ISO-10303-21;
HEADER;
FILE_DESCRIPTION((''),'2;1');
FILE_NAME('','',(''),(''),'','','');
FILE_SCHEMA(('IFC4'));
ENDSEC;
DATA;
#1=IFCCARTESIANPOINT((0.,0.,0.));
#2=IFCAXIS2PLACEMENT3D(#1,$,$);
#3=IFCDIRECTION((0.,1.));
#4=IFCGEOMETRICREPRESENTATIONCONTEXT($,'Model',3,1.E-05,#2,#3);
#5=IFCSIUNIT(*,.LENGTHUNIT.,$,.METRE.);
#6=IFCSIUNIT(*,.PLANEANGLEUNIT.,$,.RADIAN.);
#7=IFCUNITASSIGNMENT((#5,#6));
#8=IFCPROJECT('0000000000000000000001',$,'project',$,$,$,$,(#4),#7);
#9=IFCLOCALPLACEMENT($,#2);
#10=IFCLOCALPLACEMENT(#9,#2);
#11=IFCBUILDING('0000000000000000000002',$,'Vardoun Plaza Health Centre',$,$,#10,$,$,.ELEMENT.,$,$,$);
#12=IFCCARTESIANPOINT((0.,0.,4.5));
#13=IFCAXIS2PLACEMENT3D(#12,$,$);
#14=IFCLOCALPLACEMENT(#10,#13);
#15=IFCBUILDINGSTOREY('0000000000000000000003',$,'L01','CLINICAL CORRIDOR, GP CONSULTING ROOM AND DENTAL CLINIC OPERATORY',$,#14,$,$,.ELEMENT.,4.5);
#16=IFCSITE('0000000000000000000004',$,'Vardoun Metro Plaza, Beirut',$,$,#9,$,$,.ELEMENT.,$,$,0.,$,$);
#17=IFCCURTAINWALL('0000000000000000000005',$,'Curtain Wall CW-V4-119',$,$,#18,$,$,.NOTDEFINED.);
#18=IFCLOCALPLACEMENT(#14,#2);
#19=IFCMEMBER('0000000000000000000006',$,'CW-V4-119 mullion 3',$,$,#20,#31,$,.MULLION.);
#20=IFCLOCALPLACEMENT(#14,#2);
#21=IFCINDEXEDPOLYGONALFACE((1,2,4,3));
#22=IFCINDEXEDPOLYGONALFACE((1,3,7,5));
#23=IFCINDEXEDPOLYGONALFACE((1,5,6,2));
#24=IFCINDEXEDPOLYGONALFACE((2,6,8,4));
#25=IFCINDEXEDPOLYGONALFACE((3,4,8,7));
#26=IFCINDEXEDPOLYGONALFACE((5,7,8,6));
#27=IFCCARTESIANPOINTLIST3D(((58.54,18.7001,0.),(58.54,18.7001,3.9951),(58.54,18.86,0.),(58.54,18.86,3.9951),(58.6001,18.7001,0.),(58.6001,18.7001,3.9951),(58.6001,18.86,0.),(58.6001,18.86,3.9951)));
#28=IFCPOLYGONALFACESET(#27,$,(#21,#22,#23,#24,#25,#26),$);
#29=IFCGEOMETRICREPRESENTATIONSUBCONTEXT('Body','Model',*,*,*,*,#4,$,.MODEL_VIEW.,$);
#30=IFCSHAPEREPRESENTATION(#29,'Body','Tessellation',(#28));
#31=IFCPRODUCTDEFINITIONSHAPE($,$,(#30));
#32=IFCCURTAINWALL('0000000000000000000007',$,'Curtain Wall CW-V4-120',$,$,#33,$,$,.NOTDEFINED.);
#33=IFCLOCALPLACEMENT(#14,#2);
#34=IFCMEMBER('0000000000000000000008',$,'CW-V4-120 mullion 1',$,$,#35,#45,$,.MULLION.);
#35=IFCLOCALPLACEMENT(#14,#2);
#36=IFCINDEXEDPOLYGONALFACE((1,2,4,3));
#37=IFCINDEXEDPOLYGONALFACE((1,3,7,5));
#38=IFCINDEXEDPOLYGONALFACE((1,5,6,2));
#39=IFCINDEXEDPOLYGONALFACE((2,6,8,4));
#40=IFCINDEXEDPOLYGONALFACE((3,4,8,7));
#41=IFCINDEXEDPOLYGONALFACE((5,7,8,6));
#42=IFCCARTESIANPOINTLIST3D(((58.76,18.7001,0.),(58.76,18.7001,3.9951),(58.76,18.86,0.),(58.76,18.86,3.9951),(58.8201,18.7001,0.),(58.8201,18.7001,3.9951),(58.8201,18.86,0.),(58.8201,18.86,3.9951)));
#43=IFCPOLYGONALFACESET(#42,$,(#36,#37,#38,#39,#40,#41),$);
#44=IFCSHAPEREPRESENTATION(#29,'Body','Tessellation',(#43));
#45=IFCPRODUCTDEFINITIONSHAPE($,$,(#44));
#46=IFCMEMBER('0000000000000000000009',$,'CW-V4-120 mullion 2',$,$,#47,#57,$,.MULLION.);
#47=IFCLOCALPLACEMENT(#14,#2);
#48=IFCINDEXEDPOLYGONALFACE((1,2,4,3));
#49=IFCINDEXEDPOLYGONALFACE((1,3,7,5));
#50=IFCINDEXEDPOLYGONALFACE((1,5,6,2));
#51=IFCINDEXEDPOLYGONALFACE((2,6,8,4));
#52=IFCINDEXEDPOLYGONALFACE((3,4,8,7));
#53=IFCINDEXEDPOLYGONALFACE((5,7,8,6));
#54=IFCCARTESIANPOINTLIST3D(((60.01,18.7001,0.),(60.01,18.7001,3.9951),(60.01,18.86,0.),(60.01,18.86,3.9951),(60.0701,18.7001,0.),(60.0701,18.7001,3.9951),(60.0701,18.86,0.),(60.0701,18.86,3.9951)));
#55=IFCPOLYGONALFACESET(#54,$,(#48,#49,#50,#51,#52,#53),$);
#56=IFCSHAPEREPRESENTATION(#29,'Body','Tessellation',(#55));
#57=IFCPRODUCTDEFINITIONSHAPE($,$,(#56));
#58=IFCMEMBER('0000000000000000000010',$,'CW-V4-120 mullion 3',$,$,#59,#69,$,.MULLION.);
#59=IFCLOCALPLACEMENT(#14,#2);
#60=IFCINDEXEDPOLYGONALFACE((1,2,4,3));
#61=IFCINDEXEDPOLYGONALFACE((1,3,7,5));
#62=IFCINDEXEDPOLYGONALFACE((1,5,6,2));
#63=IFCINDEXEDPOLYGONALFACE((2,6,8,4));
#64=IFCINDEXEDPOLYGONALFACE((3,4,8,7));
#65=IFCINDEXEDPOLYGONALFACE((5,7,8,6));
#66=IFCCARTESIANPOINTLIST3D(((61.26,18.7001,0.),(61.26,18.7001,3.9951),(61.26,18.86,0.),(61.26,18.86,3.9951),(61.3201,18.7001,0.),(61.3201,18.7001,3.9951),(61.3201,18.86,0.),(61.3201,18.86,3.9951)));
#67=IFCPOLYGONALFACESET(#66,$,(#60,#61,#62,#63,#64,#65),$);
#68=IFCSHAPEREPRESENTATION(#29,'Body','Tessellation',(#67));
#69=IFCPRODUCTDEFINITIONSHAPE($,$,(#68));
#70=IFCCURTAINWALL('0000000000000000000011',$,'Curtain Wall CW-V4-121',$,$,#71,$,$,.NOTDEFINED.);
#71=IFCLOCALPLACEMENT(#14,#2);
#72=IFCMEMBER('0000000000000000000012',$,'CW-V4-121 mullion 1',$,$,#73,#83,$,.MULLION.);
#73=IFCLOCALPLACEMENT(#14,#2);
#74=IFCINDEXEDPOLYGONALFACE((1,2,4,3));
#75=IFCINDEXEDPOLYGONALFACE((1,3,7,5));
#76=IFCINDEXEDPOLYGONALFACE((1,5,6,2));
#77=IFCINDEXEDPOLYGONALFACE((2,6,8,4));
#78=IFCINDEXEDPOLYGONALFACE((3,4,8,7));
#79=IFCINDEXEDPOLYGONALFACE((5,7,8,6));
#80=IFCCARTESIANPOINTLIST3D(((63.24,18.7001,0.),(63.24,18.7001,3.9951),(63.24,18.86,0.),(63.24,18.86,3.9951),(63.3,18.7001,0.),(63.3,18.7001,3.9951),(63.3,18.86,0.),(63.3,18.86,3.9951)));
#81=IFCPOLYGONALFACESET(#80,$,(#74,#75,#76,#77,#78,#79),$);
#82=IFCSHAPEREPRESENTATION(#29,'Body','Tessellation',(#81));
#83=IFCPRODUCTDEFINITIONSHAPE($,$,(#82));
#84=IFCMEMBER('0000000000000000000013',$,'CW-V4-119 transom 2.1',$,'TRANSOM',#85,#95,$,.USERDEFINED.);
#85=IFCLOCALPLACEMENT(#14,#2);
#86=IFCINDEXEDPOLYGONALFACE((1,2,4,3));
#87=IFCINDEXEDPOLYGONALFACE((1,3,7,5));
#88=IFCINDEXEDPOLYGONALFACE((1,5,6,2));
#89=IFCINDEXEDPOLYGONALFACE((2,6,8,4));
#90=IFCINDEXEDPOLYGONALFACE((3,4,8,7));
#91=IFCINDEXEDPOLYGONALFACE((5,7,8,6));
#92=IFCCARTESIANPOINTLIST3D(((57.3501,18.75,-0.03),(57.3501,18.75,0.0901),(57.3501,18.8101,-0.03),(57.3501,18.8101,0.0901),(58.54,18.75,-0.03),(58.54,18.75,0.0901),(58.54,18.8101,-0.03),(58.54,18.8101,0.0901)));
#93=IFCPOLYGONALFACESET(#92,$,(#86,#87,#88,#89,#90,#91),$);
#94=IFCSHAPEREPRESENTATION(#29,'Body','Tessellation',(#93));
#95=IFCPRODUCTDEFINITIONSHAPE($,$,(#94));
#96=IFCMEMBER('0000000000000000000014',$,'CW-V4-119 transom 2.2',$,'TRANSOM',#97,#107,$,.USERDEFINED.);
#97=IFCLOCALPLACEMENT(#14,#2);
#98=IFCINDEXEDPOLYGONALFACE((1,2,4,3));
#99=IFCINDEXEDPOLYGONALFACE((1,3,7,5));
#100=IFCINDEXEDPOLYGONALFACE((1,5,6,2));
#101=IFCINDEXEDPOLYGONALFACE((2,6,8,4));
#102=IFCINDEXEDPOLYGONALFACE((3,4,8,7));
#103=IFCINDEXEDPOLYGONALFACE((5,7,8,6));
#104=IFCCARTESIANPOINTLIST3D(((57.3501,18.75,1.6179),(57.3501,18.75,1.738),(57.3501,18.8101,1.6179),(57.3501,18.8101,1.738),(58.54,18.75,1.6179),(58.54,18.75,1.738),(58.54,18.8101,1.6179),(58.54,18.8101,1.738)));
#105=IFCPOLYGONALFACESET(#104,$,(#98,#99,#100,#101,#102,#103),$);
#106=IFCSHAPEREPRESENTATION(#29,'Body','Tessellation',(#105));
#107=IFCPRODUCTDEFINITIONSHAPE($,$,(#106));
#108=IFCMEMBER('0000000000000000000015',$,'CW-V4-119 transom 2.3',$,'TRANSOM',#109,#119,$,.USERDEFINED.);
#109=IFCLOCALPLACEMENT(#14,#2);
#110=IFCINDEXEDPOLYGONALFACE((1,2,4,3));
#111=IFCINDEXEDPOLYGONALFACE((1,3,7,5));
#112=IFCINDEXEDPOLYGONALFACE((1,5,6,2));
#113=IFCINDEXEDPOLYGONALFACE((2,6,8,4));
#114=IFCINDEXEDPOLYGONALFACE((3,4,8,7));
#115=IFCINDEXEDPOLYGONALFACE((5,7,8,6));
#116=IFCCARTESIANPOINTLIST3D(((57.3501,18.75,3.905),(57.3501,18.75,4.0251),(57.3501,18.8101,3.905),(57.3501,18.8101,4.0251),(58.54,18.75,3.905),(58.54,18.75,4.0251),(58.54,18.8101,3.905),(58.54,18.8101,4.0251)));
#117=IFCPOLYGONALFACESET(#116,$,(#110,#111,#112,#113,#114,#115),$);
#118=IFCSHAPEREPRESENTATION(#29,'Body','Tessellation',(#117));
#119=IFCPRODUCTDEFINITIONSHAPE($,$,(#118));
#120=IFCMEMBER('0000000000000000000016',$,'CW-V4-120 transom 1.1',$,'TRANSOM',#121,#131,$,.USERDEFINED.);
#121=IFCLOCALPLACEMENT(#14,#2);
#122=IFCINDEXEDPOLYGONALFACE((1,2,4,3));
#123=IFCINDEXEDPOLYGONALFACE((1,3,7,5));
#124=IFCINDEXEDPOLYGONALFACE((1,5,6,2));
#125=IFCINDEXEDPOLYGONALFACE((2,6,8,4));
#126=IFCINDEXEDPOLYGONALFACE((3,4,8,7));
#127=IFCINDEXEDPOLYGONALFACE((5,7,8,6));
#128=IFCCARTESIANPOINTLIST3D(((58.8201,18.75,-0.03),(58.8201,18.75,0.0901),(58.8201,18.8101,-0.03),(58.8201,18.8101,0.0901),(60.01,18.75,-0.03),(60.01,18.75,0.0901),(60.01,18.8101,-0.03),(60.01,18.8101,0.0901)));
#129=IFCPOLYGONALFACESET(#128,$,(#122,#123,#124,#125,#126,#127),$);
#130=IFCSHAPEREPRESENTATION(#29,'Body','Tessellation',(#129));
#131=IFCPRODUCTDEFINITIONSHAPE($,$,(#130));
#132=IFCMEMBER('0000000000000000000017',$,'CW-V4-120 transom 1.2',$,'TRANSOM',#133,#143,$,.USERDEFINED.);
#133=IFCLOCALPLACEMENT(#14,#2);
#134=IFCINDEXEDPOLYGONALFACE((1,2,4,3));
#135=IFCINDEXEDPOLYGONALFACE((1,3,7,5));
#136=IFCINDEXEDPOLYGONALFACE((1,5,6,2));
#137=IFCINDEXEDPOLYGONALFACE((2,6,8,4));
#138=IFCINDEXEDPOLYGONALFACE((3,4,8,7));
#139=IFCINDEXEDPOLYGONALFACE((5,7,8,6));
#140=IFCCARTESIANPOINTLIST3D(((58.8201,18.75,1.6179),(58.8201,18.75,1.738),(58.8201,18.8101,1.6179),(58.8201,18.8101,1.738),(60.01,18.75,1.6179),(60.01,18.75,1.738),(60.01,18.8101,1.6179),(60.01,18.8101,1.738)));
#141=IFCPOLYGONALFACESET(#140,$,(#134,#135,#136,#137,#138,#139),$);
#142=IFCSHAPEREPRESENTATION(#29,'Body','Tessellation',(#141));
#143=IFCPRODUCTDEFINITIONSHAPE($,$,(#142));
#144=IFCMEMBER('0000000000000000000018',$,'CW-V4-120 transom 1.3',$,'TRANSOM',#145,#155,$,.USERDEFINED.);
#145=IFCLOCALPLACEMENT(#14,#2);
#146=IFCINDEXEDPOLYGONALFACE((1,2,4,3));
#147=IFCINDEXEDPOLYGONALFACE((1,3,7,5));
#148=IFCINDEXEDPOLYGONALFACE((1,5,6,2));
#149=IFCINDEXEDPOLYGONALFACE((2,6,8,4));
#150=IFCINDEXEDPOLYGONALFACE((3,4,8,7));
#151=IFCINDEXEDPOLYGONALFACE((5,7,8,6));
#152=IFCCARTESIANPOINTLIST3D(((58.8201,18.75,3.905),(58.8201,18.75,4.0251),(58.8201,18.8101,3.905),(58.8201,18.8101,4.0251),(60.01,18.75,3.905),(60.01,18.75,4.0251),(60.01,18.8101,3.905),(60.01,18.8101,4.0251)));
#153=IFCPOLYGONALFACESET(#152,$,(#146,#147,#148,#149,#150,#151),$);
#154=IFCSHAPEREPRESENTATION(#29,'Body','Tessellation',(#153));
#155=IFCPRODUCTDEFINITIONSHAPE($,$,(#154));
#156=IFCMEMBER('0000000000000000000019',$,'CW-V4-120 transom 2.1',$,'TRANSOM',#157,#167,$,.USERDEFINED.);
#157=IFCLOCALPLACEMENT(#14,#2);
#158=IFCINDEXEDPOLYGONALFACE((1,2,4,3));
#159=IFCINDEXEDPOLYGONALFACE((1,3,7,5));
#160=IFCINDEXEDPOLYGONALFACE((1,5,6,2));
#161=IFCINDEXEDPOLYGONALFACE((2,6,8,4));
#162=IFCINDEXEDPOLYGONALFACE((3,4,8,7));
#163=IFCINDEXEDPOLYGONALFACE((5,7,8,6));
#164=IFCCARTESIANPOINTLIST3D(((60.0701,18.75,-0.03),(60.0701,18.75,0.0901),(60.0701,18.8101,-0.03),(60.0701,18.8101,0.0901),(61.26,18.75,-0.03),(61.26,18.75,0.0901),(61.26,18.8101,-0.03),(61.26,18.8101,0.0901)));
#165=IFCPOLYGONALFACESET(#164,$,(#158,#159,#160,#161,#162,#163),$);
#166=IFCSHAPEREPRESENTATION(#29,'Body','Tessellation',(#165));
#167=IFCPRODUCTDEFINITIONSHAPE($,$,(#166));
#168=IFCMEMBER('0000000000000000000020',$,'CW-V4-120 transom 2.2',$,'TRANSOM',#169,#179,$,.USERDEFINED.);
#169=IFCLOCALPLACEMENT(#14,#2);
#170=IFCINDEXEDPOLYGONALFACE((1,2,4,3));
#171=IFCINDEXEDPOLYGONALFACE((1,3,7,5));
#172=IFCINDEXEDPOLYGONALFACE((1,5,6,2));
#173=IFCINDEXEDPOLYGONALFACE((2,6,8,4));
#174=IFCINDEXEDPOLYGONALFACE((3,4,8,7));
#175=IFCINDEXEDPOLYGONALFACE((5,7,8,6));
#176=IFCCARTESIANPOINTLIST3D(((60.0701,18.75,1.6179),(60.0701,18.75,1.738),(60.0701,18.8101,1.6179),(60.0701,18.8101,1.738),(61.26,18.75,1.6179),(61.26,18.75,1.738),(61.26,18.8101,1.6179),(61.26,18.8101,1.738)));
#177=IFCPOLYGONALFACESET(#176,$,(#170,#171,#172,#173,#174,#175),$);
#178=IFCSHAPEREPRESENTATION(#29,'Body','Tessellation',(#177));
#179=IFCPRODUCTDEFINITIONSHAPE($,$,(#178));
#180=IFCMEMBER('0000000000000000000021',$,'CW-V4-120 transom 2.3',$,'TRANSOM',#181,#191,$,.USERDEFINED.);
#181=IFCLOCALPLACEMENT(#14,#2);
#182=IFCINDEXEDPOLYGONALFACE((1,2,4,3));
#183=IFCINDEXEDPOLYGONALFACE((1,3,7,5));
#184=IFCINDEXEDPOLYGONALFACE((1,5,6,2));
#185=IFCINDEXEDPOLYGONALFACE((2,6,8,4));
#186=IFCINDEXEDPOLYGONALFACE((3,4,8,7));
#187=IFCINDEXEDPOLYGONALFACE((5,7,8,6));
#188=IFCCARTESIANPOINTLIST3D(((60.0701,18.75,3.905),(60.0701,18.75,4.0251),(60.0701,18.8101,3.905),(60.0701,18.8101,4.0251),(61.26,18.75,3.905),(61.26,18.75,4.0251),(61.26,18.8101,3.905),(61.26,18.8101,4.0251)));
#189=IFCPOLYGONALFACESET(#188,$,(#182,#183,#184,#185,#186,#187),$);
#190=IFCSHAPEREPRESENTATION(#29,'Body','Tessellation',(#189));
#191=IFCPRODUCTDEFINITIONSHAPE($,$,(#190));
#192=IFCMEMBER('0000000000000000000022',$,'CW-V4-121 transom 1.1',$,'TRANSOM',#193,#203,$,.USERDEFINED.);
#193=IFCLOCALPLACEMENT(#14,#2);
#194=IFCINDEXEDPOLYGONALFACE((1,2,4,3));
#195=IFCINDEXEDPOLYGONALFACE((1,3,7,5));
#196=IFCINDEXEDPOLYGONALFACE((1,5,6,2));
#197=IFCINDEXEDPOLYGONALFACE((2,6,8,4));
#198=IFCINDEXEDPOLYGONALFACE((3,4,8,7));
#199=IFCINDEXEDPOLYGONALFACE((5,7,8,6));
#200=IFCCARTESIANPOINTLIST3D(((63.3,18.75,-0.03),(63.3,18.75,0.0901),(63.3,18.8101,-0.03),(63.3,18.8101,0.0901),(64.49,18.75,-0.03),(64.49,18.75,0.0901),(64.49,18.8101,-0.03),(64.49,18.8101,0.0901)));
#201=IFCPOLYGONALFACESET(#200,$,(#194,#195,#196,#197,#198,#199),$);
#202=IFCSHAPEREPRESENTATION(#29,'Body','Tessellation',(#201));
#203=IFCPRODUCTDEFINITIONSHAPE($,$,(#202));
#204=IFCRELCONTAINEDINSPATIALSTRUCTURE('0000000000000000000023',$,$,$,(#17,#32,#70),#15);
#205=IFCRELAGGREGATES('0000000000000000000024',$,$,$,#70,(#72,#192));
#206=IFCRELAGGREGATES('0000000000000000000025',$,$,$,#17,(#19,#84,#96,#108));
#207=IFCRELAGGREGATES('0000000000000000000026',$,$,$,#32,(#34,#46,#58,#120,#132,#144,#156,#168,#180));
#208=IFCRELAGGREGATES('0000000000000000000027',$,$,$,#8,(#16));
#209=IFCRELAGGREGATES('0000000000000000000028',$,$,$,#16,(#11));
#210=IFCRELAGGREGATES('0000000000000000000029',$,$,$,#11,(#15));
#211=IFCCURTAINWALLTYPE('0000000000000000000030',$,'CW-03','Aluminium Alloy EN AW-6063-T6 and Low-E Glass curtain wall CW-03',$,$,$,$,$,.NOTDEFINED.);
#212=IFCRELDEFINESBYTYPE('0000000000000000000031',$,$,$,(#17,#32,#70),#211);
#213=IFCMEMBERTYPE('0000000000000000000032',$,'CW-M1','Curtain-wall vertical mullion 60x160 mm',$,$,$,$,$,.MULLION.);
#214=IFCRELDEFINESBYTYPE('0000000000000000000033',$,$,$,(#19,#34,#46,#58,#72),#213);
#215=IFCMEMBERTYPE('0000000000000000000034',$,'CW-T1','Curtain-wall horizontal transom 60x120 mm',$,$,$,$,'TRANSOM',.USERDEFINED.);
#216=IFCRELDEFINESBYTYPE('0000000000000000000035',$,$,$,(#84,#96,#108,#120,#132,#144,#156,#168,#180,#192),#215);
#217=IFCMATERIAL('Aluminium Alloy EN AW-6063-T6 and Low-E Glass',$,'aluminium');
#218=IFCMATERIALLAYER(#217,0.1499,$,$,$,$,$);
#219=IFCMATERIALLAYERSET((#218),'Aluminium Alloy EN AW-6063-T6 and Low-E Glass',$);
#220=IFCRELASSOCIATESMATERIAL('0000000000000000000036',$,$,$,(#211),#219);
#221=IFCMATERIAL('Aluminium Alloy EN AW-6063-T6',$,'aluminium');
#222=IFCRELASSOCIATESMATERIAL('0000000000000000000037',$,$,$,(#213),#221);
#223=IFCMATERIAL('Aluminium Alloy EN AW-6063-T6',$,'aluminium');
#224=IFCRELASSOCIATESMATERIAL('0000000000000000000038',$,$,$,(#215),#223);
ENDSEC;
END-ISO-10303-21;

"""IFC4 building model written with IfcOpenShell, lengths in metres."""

from ifc_helpers import new_model, si_unit, direction, frame, origin, origin_2d, place, context, subcontext, project, spatial, rectangle, extrude, material, layer, layer_set, material_profile, profile_set, type_object, element, aggregate, save


model = new_model("IFC4")

# Units and contexts
model_context = context("Model", 3, precision=1e-05, world=origin(), true_north=direction((0.0, 1.0)))
body_context = subcontext(model_context, "Body", "Model", "MODEL_VIEW")
ifc_project = project(units=[si_unit("LENGTHUNIT", "METRE"), si_unit("PLANEANGLEUNIT", "RADIAN")], contexts=[model_context])

# Site, building, storey
site_placement = place(None, origin())
site = spatial("IfcSite", under=ifc_project, at=site_placement, Name="Vardoun Metro Plaza, Beirut", CompositionType="ELEMENT", RefElevation=0.0)
building_placement = place(site_placement, origin())
building = spatial("IfcBuilding", under=site, at=building_placement, Name="Vardoun Plaza Health Centre", CompositionType="ELEMENT")
storey_placement = place(building_placement, frame((0.0, 0.0, 4.5)))
storey = spatial("IfcBuildingStorey", under=building, at=storey_placement, Name="L01", Description="CLINICAL CORRIDOR, GP CONSULTING ROOM AND DENTAL CLINIC OPERATORY", CompositionType="ELEMENT", Elevation=4.5)

# Curtain wall, member
ifc_material_1 = material(Name="Aluminium Alloy EN AW-6063-T6 and Low-E Glass", Category="aluminium")
ifc_layer_1 = layer(ifc_material_1, 0.1499)
ifc_layer_set_1 = layer_set([ifc_layer_1], Name="Aluminium Alloy EN AW-6063-T6 and Low-E Glass")
curtain_wall_type = type_object("IfcCurtainWallType", Name="CW-03", Description="Aluminium Alloy EN AW-6063-T6 and Low-E Glass curtain wall CW-03", PredefinedType="NOTDEFINED", material=ifc_layer_set_1)
curtain_wall_1_placement = place(storey_placement, origin())
curtain_wall_1 = element("IfcCurtainWall", 1, at=curtain_wall_1_placement, inside=storey, type_object=curtain_wall_type, Name="Curtain Wall CW-V4-119", PredefinedType="NOTDEFINED")
ifc_material_2 = material(Name="Aluminium Alloy EN AW-6063-T6", Category="aluminium")
ifc_material_profile_1 = material_profile(ifc_material_2, rectangle(XDim=0.1599, YDim=0.0601, at=origin_2d()), Name="CWM 60x160")
ifc_profile_set_1 = profile_set([ifc_material_profile_1], Name="Aluminium Alloy EN AW-6063-T6")
member_type_1 = type_object("IfcMemberType", Name="CW-M1", Description="Curtain-wall vertical mullion 60x160 mm", PredefinedType="MULLION", material=ifc_profile_set_1)
member_1_placement = place(storey_placement, frame((58.5701, 18.78, 0.0), z_axis=(0.0, 0.0, 1.0), x_axis=(0.0, 1.0, 0.0)))
member_1 = element("IfcMember", 2, at=member_1_placement, type_object=member_type_1, Name="CW-V4-119 mullion 3", PredefinedType="MULLION", context=body_context, shape_type="SweptSolid", body=[
    extrude(rectangle(XDim=0.1599, YDim=0.0601, at=origin_2d()), origin(), (0.0, 0.0, 1.0), 3.9951),
])

# Curtain wall, members
curtain_wall_2_placement = place(storey_placement, origin())
curtain_wall_2 = element("IfcCurtainWall", 3, at=curtain_wall_2_placement, inside=storey, type_object=curtain_wall_type, Name="Curtain Wall CW-V4-120", PredefinedType="NOTDEFINED")
member_2_placement = place(storey_placement, frame((58.79, 18.78, 0.0), z_axis=(0.0, 0.0, 1.0), x_axis=(0.0, 1.0, 0.0)))
member_2 = element("IfcMember", 4, at=member_2_placement, type_object=member_type_1, Name="CW-V4-120 mullion 1", PredefinedType="MULLION", context=body_context, shape_type="SweptSolid", body=[
    extrude(rectangle(XDim=0.1599, YDim=0.0601, at=origin_2d()), origin(), (0.0, 0.0, 1.0), 3.9951),
])
member_3_placement = place(storey_placement, frame((60.04, 18.78, 0.0), z_axis=(0.0, 0.0, 1.0), x_axis=(0.0, 1.0, 0.0)))
member_3 = element("IfcMember", 5, at=member_3_placement, type_object=member_type_1, Name="CW-V4-120 mullion 2", PredefinedType="MULLION", context=body_context, shape_type="SweptSolid", body=[
    extrude(rectangle(XDim=0.1599, YDim=0.0601, at=origin_2d()), origin(), (0.0, 0.0, 1.0), 3.9951),
])
member_4_placement = place(storey_placement, frame((61.29, 18.78, 0.0), z_axis=(0.0, 0.0, 1.0), x_axis=(0.0, 1.0, 0.0)))
member_4 = element("IfcMember", 6, at=member_4_placement, type_object=member_type_1, Name="CW-V4-120 mullion 3", PredefinedType="MULLION", context=body_context, shape_type="SweptSolid", body=[
    extrude(rectangle(XDim=0.1599, YDim=0.0601, at=origin_2d()), origin(), (0.0, 0.0, 1.0), 3.9951),
])

# Curtain wall, member
curtain_wall_3_placement = place(storey_placement, origin())
curtain_wall_3 = element("IfcCurtainWall", 7, at=curtain_wall_3_placement, inside=storey, type_object=curtain_wall_type, Name="Curtain Wall CW-V4-121", PredefinedType="NOTDEFINED")
member_5_placement = place(storey_placement, frame((63.27, 18.78, 0.0), z_axis=(0.0, 0.0, 1.0), x_axis=(0.0, 1.0, 0.0)))
member_5 = element("IfcMember", 8, at=member_5_placement, type_object=member_type_1, Name="CW-V4-121 mullion 1", PredefinedType="MULLION", context=body_context, shape_type="SweptSolid", body=[
    extrude(rectangle(XDim=0.1599, YDim=0.0601, at=origin_2d()), origin(), (0.0, 0.0, 1.0), 3.9951),
])

# Members
ifc_material_3 = material(Name="Aluminium Alloy EN AW-6063-T6", Category="aluminium")
ifc_material_profile_2 = material_profile(ifc_material_3, rectangle(XDim=0.0601, YDim=0.1201, at=origin_2d()), Name="CWT 60x120")
ifc_profile_set_2 = profile_set([ifc_material_profile_2], Name="Aluminium Alloy EN AW-6063-T6")
member_type_2 = type_object("IfcMemberType", Name="CW-T1", Description="Curtain-wall horizontal transom 60x120 mm", ElementType="TRANSOM", PredefinedType="USERDEFINED", material=ifc_profile_set_2)
member_6_placement = place(storey_placement, frame((57.3501, 18.78, 0.03), z_axis=(1.0, 0.0, 0.0), x_axis=(0.0, 1.0, 0.0)))
member_6 = element("IfcMember", 9, at=member_6_placement, type_object=member_type_2, Name="CW-V4-119 transom 2.1", ObjectType="TRANSOM", PredefinedType="USERDEFINED", context=body_context, shape_type="SweptSolid", body=[
    extrude(rectangle(XDim=0.0601, YDim=0.1201, at=origin_2d()), origin(), (0.0, 0.0, 1.0), 1.1899),
])
member_7_placement = place(storey_placement, frame((57.3501, 18.78, 1.678), z_axis=(1.0, 0.0, 0.0), x_axis=(0.0, 1.0, 0.0)))
member_7 = element("IfcMember", 10, at=member_7_placement, type_object=member_type_2, Name="CW-V4-119 transom 2.2", ObjectType="TRANSOM", PredefinedType="USERDEFINED", context=body_context, shape_type="SweptSolid", body=[
    extrude(rectangle(XDim=0.0601, YDim=0.1201, at=origin_2d()), origin(), (0.0, 0.0, 1.0), 1.1899),
])
member_8_placement = place(storey_placement, frame((57.3501, 18.78, 3.9651), z_axis=(1.0, 0.0, 0.0), x_axis=(0.0, 1.0, 0.0)))
member_8 = element("IfcMember", 11, at=member_8_placement, type_object=member_type_2, Name="CW-V4-119 transom 2.3", ObjectType="TRANSOM", PredefinedType="USERDEFINED", context=body_context, shape_type="SweptSolid", body=[
    extrude(rectangle(XDim=0.0601, YDim=0.1201, at=origin_2d()), origin(), (0.0, 0.0, 1.0), 1.1899),
])
member_9_placement = place(storey_placement, frame((58.8201, 18.78, 0.03), z_axis=(1.0, 0.0, 0.0), x_axis=(0.0, 1.0, 0.0)))
member_9 = element("IfcMember", 12, at=member_9_placement, type_object=member_type_2, Name="CW-V4-120 transom 1.1", ObjectType="TRANSOM", PredefinedType="USERDEFINED", context=body_context, shape_type="SweptSolid", body=[
    extrude(rectangle(XDim=0.0601, YDim=0.1201, at=origin_2d()), origin(), (0.0, 0.0, 1.0), 1.1899),
])
member_10_placement = place(storey_placement, frame((58.8201, 18.78, 1.678), z_axis=(1.0, 0.0, 0.0), x_axis=(0.0, 1.0, 0.0)))
member_10 = element("IfcMember", 13, at=member_10_placement, type_object=member_type_2, Name="CW-V4-120 transom 1.2", ObjectType="TRANSOM", PredefinedType="USERDEFINED", context=body_context, shape_type="SweptSolid", body=[
    extrude(rectangle(XDim=0.0601, YDim=0.1201, at=origin_2d()), origin(), (0.0, 0.0, 1.0), 1.1899),
])
member_11_placement = place(storey_placement, frame((58.8201, 18.78, 3.9651), z_axis=(1.0, 0.0, 0.0), x_axis=(0.0, 1.0, 0.0)))
member_11 = element("IfcMember", 14, at=member_11_placement, type_object=member_type_2, Name="CW-V4-120 transom 1.3", ObjectType="TRANSOM", PredefinedType="USERDEFINED", context=body_context, shape_type="SweptSolid", body=[
    extrude(rectangle(XDim=0.0601, YDim=0.1201, at=origin_2d()), origin(), (0.0, 0.0, 1.0), 1.1899),
])
member_12_placement = place(storey_placement, frame((60.0701, 18.78, 0.03), z_axis=(1.0, 0.0, 0.0), x_axis=(0.0, 1.0, 0.0)))
member_12 = element("IfcMember", 15, at=member_12_placement, type_object=member_type_2, Name="CW-V4-120 transom 2.1", ObjectType="TRANSOM", PredefinedType="USERDEFINED", context=body_context, shape_type="SweptSolid", body=[
    extrude(rectangle(XDim=0.0601, YDim=0.1201, at=origin_2d()), origin(), (0.0, 0.0, 1.0), 1.1899),
])
member_13_placement = place(storey_placement, frame((60.0701, 18.78, 1.678), z_axis=(1.0, 0.0, 0.0), x_axis=(0.0, 1.0, 0.0)))
member_13 = element("IfcMember", 16, at=member_13_placement, type_object=member_type_2, Name="CW-V4-120 transom 2.2", ObjectType="TRANSOM", PredefinedType="USERDEFINED", context=body_context, shape_type="SweptSolid", body=[
    extrude(rectangle(XDim=0.0601, YDim=0.1201, at=origin_2d()), origin(), (0.0, 0.0, 1.0), 1.1899),
])
member_14_placement = place(storey_placement, frame((60.0701, 18.78, 3.9651), z_axis=(1.0, 0.0, 0.0), x_axis=(0.0, 1.0, 0.0)))
member_14 = element("IfcMember", 17, at=member_14_placement, type_object=member_type_2, Name="CW-V4-120 transom 2.3", ObjectType="TRANSOM", PredefinedType="USERDEFINED", context=body_context, shape_type="SweptSolid", body=[
    extrude(rectangle(XDim=0.0601, YDim=0.1201, at=origin_2d()), origin(), (0.0, 0.0, 1.0), 1.1899),
])
member_15_placement = place(storey_placement, frame((63.3, 18.78, 0.03), z_axis=(1.0, 0.0, 0.0), x_axis=(0.0, 1.0, 0.0)))
member_15 = element("IfcMember", 18, at=member_15_placement, type_object=member_type_2, Name="CW-V4-121 transom 1.1", ObjectType="TRANSOM", PredefinedType="USERDEFINED", context=body_context, shape_type="SweptSolid", body=[
    extrude(rectangle(XDim=0.0601, YDim=0.1201, at=origin_2d()), origin(), (0.0, 0.0, 1.0), 1.1899),
])
aggregate(curtain_wall_3, [member_5, member_15])

aggregate(curtain_wall_1, [member_1, member_6, member_7, member_8])
aggregate(curtain_wall_2, [member_2, member_3, member_4, member_9, member_10, member_11, member_12, member_13, member_14])

save(model, "model.ifc")
